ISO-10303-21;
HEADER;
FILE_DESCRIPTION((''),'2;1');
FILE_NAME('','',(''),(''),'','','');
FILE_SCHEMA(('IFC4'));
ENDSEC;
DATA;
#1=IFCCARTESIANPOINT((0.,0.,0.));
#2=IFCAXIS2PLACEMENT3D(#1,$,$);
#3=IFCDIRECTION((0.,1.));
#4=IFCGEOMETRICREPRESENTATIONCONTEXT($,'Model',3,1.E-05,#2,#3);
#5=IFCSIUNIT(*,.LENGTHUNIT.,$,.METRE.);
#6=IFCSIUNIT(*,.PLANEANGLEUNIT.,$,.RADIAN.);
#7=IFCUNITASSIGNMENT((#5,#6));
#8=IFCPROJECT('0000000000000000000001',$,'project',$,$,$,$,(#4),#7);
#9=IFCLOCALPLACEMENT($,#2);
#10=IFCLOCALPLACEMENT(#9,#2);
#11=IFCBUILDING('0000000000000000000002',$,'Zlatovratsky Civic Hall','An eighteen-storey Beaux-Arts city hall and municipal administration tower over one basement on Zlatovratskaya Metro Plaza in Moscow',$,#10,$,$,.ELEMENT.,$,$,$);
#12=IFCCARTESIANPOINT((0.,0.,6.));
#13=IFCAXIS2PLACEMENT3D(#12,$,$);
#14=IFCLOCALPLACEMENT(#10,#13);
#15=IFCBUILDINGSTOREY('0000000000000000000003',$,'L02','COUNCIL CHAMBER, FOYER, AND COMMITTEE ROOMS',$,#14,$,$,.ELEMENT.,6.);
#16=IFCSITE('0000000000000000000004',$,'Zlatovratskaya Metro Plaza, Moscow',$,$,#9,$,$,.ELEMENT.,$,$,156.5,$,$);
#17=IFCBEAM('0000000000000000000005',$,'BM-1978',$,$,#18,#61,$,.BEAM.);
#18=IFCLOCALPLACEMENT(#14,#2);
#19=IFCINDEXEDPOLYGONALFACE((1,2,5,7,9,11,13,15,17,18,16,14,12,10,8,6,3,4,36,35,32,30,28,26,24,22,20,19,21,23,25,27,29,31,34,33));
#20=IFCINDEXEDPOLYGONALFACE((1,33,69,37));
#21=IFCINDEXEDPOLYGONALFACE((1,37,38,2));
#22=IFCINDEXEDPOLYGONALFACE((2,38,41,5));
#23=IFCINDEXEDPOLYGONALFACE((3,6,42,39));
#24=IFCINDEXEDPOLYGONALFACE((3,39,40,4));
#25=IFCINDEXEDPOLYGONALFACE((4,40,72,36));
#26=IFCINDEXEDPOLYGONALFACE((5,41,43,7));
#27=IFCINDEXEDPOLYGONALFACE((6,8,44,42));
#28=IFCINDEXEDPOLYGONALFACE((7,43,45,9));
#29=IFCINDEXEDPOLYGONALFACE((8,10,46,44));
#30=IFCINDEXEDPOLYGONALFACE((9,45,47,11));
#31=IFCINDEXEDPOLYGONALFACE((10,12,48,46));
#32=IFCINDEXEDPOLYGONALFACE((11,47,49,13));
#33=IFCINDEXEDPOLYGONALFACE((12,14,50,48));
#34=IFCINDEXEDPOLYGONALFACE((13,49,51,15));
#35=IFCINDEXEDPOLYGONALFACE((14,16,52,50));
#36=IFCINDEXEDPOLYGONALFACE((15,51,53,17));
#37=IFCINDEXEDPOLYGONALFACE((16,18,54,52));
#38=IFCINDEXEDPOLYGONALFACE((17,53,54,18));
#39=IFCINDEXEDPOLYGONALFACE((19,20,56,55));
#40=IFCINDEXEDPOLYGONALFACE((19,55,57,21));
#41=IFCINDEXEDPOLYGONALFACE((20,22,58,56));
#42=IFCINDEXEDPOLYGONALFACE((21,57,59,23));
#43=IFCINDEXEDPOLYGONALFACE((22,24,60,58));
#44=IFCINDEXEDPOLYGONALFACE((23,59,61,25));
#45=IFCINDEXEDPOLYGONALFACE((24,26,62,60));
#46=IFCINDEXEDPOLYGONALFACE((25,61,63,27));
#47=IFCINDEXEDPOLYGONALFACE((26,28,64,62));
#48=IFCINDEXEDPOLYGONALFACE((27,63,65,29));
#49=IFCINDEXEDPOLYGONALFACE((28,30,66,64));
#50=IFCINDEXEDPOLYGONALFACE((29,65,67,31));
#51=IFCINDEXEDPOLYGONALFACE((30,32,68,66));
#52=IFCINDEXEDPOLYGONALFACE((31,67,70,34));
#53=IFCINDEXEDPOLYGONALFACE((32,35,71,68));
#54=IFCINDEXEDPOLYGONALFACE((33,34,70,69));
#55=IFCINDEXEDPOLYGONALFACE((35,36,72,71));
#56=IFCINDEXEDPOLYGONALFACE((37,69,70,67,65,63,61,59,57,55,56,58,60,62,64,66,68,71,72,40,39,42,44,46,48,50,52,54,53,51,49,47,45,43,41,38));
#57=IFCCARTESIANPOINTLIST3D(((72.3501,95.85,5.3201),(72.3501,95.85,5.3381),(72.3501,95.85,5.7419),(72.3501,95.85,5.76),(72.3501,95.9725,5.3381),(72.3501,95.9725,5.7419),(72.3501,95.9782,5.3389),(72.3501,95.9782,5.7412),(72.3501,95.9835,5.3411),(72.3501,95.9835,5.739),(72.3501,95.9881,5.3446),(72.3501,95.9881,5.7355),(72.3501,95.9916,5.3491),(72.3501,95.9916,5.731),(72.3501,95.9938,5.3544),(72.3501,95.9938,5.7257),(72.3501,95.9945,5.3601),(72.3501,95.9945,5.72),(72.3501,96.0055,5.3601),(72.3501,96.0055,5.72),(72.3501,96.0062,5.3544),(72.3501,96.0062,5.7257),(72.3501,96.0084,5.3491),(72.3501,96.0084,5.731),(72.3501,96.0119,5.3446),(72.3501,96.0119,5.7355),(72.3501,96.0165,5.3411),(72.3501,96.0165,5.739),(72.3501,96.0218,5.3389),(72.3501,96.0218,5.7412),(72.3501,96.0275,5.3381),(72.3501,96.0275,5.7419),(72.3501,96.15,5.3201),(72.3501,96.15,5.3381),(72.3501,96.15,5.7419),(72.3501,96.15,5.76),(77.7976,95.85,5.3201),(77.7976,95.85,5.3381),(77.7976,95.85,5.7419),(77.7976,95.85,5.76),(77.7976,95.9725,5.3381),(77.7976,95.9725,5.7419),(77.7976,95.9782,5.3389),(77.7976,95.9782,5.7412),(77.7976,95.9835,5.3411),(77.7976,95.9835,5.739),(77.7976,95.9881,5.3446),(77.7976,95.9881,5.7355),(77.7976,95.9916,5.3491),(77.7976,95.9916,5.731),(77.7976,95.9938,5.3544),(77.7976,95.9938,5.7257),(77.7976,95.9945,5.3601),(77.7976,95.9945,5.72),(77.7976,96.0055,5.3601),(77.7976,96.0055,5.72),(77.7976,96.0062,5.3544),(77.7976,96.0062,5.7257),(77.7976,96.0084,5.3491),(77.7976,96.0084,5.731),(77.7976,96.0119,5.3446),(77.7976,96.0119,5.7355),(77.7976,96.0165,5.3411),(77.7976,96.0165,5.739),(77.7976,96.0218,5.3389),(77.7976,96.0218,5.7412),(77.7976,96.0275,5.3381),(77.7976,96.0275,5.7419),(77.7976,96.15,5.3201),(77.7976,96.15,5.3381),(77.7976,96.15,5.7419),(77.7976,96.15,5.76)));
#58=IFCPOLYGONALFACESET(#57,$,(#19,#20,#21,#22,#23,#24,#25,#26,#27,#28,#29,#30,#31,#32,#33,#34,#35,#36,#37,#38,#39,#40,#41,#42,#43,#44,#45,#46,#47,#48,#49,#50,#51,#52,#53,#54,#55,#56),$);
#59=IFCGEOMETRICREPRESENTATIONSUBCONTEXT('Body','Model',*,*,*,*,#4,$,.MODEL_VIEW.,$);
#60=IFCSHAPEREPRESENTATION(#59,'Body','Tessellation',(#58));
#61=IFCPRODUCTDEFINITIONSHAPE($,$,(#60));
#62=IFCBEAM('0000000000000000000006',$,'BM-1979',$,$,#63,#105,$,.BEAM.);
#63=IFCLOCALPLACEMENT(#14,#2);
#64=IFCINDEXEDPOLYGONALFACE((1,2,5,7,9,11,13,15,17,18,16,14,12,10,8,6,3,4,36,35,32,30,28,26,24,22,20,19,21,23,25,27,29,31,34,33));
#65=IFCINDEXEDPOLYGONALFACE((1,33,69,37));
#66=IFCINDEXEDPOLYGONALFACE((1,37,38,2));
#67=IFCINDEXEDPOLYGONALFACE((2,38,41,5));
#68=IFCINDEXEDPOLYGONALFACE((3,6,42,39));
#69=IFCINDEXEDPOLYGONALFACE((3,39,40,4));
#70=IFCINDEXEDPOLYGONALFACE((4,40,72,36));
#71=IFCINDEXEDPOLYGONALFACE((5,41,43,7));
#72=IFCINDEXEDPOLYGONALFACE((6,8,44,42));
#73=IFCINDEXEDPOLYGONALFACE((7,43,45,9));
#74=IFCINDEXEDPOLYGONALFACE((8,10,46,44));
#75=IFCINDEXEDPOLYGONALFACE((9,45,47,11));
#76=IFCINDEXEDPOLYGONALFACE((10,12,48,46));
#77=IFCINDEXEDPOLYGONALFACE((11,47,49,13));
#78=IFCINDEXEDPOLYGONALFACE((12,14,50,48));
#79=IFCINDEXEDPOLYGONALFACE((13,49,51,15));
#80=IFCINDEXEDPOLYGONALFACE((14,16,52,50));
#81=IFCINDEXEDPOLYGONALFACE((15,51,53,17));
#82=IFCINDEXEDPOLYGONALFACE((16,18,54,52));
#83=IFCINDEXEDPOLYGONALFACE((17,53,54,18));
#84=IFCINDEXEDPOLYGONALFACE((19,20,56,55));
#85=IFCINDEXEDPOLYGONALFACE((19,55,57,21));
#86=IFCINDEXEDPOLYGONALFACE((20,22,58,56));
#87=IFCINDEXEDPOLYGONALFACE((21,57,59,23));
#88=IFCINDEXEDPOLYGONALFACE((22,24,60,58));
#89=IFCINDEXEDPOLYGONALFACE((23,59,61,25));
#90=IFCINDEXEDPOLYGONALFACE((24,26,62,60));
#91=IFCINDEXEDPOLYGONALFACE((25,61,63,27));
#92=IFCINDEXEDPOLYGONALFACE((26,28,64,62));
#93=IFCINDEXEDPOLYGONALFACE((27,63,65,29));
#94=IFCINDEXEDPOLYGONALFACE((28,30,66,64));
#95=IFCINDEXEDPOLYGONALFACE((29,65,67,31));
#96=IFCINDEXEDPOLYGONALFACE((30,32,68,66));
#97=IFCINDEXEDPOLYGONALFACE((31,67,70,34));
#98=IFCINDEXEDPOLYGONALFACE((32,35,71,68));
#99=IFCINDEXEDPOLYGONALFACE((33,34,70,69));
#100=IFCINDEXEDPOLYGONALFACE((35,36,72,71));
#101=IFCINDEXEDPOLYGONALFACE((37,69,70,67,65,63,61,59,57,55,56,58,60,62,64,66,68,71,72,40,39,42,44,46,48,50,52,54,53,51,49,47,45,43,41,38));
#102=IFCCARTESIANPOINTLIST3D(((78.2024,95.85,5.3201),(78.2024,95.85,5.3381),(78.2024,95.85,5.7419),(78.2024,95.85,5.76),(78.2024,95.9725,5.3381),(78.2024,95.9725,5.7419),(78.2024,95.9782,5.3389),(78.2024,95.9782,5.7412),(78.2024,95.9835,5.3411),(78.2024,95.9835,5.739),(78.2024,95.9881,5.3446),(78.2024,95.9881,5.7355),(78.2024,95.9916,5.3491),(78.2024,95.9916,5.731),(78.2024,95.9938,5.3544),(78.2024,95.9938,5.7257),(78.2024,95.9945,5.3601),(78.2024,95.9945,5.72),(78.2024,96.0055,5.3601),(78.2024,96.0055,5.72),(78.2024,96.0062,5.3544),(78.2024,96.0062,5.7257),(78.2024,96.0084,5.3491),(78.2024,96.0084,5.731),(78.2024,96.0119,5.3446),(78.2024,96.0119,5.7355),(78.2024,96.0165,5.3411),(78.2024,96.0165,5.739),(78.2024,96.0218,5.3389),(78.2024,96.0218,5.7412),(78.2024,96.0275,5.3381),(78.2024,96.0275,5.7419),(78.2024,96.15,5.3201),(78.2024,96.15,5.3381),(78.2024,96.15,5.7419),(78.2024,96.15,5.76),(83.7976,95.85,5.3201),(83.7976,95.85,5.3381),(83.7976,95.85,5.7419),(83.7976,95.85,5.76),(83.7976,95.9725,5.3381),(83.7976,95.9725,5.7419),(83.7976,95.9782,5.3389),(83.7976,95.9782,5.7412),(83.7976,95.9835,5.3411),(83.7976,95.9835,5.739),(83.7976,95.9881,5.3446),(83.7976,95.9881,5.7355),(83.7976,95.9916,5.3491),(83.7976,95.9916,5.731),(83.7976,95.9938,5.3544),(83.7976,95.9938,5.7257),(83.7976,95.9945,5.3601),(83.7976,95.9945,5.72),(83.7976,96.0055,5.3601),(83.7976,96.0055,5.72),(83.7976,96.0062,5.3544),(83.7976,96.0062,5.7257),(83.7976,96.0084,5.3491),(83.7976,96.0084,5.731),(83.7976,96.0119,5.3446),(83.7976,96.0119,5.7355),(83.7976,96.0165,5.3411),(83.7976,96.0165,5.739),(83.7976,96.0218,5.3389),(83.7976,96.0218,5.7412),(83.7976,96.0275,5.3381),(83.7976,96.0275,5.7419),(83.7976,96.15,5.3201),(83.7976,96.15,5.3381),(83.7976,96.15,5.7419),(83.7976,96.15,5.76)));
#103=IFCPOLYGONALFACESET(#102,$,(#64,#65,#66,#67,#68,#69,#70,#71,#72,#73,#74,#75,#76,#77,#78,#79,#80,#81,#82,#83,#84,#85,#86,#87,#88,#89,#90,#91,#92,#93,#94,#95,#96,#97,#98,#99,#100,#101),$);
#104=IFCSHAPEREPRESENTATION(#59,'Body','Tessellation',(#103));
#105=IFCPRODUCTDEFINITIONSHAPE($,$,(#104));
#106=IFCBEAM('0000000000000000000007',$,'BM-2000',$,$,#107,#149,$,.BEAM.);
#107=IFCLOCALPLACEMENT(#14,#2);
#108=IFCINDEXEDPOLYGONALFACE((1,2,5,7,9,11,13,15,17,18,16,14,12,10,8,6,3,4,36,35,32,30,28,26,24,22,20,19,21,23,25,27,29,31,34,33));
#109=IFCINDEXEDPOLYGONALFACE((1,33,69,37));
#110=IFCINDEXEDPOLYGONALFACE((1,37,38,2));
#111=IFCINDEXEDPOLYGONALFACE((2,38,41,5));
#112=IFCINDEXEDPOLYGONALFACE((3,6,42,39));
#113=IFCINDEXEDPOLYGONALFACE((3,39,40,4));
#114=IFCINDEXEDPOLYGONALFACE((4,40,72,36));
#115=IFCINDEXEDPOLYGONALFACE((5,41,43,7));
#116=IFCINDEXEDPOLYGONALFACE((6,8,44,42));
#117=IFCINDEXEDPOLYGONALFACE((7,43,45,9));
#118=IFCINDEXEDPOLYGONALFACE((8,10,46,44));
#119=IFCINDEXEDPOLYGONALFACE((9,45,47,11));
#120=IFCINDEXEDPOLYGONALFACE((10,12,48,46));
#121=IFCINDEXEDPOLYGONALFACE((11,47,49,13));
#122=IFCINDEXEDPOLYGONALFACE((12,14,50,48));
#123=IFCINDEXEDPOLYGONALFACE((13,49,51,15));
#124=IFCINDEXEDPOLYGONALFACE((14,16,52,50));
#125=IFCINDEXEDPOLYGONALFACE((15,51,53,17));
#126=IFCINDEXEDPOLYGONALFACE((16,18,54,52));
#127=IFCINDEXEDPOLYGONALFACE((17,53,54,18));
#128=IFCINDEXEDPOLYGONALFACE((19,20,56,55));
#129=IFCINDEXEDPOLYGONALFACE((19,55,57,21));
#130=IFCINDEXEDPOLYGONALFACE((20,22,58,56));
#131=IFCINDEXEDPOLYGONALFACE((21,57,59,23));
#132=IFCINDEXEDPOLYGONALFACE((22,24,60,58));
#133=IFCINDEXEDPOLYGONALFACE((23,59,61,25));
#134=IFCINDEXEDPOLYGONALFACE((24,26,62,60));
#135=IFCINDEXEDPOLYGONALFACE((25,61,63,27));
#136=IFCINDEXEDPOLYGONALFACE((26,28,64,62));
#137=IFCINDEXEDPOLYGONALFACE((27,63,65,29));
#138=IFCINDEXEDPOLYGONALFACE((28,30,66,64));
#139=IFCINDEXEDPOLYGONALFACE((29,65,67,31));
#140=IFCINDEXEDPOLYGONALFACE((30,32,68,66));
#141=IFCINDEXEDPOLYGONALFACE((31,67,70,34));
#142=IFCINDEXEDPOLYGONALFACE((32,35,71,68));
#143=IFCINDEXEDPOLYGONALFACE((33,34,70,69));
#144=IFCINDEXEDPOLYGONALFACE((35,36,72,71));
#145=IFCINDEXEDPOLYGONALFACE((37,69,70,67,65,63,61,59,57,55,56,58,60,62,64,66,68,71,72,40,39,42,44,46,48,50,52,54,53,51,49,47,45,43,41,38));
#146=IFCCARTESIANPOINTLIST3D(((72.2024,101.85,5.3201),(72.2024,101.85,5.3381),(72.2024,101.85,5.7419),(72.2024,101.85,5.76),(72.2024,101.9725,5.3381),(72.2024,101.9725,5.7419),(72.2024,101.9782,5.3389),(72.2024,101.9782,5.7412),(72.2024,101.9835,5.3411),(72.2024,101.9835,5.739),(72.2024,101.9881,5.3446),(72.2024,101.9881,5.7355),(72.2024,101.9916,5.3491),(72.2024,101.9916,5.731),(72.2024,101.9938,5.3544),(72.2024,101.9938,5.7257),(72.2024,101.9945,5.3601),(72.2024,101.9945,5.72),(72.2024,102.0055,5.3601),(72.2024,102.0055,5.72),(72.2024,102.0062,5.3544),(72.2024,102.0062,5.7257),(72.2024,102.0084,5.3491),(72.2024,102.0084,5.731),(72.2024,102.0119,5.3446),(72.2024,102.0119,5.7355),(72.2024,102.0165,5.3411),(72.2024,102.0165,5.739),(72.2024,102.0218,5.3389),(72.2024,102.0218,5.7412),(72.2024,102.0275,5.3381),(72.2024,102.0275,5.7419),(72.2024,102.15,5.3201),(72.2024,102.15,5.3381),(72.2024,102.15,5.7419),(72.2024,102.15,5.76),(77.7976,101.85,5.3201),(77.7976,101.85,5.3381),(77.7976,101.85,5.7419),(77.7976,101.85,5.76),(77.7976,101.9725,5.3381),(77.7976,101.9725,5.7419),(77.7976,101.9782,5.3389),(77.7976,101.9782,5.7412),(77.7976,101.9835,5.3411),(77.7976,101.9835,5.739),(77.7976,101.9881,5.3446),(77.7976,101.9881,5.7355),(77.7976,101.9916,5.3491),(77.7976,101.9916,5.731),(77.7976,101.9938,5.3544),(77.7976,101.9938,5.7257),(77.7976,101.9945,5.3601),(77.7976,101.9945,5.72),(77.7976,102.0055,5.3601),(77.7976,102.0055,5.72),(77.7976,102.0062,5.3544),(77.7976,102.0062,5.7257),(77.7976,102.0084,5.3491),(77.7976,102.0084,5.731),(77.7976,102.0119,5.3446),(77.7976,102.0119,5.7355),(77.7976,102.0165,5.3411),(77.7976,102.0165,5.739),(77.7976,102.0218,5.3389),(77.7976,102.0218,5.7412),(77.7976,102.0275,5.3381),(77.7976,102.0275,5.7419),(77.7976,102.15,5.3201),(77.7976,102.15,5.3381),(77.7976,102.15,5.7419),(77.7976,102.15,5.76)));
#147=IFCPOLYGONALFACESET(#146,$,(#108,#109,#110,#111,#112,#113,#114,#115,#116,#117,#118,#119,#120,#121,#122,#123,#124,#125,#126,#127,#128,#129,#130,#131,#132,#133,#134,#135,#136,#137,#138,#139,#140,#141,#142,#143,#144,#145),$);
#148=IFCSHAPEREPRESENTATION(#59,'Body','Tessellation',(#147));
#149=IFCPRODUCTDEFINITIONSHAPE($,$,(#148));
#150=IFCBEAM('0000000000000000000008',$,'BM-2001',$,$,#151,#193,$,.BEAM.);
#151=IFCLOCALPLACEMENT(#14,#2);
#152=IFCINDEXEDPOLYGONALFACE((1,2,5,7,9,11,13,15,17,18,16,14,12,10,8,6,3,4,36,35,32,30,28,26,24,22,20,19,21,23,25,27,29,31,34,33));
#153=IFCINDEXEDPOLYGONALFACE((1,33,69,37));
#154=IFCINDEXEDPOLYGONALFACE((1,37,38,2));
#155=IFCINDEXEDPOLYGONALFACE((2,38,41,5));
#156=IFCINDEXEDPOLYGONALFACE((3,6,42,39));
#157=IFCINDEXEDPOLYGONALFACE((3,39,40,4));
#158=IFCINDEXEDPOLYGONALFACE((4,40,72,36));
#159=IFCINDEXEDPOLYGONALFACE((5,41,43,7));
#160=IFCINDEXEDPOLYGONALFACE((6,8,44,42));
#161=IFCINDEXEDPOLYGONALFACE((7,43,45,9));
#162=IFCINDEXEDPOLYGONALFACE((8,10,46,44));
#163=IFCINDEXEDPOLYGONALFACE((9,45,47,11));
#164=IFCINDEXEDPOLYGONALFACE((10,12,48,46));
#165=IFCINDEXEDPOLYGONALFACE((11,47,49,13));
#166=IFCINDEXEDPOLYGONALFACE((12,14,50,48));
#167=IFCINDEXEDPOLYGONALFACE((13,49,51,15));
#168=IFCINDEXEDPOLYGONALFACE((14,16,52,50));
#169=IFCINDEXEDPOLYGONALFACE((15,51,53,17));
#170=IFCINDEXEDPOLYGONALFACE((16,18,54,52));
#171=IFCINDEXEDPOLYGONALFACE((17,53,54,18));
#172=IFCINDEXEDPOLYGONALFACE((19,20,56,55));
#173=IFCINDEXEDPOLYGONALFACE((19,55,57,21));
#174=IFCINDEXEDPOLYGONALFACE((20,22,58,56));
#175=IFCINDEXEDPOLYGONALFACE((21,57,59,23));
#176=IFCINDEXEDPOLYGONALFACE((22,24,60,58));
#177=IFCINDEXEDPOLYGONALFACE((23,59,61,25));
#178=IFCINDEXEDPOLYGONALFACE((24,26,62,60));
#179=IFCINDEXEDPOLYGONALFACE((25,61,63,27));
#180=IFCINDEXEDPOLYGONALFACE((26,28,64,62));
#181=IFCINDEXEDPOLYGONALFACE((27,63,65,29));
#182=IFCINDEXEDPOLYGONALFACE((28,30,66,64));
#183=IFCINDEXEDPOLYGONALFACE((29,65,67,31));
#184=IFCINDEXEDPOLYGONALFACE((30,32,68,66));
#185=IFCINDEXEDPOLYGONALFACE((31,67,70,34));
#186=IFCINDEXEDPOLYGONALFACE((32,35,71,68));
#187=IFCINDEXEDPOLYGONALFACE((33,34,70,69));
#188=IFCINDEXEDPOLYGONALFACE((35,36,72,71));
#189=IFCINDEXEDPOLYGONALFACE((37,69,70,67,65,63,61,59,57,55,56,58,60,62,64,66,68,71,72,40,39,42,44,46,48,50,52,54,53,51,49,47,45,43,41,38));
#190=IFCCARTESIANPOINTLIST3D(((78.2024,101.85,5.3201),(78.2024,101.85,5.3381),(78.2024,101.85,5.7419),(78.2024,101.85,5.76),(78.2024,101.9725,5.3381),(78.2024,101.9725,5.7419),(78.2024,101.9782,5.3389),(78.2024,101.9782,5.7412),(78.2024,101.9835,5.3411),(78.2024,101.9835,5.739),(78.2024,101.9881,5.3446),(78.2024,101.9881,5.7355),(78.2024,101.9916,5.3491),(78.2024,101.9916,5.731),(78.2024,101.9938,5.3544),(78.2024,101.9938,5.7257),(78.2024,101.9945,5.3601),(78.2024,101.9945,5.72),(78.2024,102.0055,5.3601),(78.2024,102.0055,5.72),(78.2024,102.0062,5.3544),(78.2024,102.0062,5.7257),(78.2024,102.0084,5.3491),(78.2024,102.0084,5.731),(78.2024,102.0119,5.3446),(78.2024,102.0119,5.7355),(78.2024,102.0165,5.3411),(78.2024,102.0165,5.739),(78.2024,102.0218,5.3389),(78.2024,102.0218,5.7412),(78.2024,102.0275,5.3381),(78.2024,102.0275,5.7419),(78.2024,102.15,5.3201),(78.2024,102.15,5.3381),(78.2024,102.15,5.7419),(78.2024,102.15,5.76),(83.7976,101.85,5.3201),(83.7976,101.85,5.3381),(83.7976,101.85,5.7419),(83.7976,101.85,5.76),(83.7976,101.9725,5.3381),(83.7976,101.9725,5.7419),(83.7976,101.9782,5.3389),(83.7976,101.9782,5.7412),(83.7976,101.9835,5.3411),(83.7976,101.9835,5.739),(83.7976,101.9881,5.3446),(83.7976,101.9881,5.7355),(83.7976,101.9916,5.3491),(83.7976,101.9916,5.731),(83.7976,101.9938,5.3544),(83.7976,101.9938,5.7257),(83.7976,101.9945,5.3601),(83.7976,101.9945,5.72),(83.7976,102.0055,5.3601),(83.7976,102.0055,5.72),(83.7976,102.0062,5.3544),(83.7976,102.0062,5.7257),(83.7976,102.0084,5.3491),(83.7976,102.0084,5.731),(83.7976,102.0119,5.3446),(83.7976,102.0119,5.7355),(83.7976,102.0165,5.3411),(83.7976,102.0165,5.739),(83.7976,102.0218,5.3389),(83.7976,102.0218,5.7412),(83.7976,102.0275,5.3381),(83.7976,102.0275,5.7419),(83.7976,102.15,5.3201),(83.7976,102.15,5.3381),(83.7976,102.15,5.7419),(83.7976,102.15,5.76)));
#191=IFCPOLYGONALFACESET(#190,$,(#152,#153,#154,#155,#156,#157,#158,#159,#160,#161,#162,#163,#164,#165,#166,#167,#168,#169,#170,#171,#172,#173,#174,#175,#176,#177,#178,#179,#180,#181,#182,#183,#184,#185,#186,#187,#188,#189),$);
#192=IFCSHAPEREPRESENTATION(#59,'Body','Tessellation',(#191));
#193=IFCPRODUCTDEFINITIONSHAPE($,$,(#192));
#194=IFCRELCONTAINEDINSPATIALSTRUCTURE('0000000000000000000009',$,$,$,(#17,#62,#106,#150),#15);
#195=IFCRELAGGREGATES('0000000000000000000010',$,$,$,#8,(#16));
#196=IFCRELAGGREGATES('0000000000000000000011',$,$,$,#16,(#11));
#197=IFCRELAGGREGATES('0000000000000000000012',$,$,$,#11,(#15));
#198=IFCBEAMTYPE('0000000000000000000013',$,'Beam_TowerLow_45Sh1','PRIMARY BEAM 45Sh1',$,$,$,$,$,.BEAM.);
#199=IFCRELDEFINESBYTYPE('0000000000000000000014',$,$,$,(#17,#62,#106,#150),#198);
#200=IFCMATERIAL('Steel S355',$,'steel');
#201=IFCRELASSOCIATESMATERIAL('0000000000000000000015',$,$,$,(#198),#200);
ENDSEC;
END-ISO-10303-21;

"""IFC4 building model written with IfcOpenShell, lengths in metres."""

from ifc_helpers import new_model, si_unit, direction, frame, origin, origin_2d, place, context, subcontext, project, spatial, i_section, extrude, material, material_profile, profile_set, type_object, element, save


model = new_model("IFC4")

# Units and contexts
model_context = context("Model", 3, precision=1e-05, world=origin(), true_north=direction((0.0, 1.0)))
body_context = subcontext(model_context, "Body", "Model", "MODEL_VIEW")
ifc_project = project(units=[si_unit("LENGTHUNIT", "METRE"), si_unit("PLANEANGLEUNIT", "RADIAN")], contexts=[model_context])

# Site, building, storey
site_placement = place(None, origin())
site = spatial("IfcSite", under=ifc_project, at=site_placement, Name="Zlatovratskaya Metro Plaza, Moscow", CompositionType="ELEMENT", RefElevation=156.5)
building_placement = place(site_placement, origin())
building = spatial("IfcBuilding", under=site, at=building_placement, Name="Zlatovratsky Civic Hall", Description="An eighteen-storey Beaux-Arts city hall and municipal administration tower over one basement on Zlatovratskaya Metro Plaza in Moscow", CompositionType="ELEMENT")
storey_placement = place(building_placement, frame((0.0, 0.0, 6.0)))
storey = spatial("IfcBuildingStorey", under=building, at=storey_placement, Name="L02", Description="COUNCIL CHAMBER, FOYER, AND COMMITTEE ROOMS", CompositionType="ELEMENT", Elevation=6.0)

# Shared definitions
ifc_material_1 = material(Name="Steel S355", Category="steel")

# Beams
ifc_material_profile_1 = material_profile(ifc_material_1, i_section(OverallWidth=0.3, OverallDepth=0.4399, WebThickness=0.011, FlangeThickness=0.0181, FilletRadius=0.022, at=origin_2d()), Name="45Sh1")
ifc_profile_set_1 = profile_set([ifc_material_profile_1], Name="Steel S355")
beam_type = type_object("IfcBeamType", Name="Beam_TowerLow_45Sh1", Description="PRIMARY BEAM 45Sh1", PredefinedType="BEAM", material=ifc_profile_set_1)
beam_1_placement = place(storey_placement, frame((72.3501, 96.0, 5.54), z_axis=(1.0, 0.0, 0.0), x_axis=(0.0, 1.0, 0.0)))
element("IfcBeam", 1, at=beam_1_placement, inside=storey, type_object=beam_type, Name="BM-1978", PredefinedType="BEAM", context=body_context, shape_type="SweptSolid", body=[
    extrude(i_section(OverallWidth=0.3, OverallDepth=0.4399, WebThickness=0.011, FlangeThickness=0.0181, FilletRadius=0.022, at=origin_2d()), origin(), (0.0, 0.0, 1.0), 5.4475),
])
for number, where, z_axis, x_axis, name in (
    (2, (78.2024, 96.0, 5.54), (1.0, 0.0, 0.0), (0.0, 1.0, 0.0), "BM-1979"),
    (3, (72.2024, 102.0, 5.54), (1.0, 0.0, 0.0), (0.0, 1.0, 0.0), "BM-2000"),
    (4, (78.2024, 102.0, 5.54), (1.0, 0.0, 0.0), (0.0, 1.0, 0.0), "BM-2001"),
):
    element("IfcBeam", number, at=place(storey_placement, frame(where, z_axis=z_axis, x_axis=x_axis)), inside=storey, type_object=beam_type, Name=name, PredefinedType="BEAM", context=body_context, shape_type="SweptSolid", body=[
        extrude(i_section(OverallWidth=0.3, OverallDepth=0.4399, WebThickness=0.011, FlangeThickness=0.0181, FilletRadius=0.022, at=origin_2d()), origin(), (0.0, 0.0, 1.0), 5.5952),
    ])

save(model, "model.ifc")
